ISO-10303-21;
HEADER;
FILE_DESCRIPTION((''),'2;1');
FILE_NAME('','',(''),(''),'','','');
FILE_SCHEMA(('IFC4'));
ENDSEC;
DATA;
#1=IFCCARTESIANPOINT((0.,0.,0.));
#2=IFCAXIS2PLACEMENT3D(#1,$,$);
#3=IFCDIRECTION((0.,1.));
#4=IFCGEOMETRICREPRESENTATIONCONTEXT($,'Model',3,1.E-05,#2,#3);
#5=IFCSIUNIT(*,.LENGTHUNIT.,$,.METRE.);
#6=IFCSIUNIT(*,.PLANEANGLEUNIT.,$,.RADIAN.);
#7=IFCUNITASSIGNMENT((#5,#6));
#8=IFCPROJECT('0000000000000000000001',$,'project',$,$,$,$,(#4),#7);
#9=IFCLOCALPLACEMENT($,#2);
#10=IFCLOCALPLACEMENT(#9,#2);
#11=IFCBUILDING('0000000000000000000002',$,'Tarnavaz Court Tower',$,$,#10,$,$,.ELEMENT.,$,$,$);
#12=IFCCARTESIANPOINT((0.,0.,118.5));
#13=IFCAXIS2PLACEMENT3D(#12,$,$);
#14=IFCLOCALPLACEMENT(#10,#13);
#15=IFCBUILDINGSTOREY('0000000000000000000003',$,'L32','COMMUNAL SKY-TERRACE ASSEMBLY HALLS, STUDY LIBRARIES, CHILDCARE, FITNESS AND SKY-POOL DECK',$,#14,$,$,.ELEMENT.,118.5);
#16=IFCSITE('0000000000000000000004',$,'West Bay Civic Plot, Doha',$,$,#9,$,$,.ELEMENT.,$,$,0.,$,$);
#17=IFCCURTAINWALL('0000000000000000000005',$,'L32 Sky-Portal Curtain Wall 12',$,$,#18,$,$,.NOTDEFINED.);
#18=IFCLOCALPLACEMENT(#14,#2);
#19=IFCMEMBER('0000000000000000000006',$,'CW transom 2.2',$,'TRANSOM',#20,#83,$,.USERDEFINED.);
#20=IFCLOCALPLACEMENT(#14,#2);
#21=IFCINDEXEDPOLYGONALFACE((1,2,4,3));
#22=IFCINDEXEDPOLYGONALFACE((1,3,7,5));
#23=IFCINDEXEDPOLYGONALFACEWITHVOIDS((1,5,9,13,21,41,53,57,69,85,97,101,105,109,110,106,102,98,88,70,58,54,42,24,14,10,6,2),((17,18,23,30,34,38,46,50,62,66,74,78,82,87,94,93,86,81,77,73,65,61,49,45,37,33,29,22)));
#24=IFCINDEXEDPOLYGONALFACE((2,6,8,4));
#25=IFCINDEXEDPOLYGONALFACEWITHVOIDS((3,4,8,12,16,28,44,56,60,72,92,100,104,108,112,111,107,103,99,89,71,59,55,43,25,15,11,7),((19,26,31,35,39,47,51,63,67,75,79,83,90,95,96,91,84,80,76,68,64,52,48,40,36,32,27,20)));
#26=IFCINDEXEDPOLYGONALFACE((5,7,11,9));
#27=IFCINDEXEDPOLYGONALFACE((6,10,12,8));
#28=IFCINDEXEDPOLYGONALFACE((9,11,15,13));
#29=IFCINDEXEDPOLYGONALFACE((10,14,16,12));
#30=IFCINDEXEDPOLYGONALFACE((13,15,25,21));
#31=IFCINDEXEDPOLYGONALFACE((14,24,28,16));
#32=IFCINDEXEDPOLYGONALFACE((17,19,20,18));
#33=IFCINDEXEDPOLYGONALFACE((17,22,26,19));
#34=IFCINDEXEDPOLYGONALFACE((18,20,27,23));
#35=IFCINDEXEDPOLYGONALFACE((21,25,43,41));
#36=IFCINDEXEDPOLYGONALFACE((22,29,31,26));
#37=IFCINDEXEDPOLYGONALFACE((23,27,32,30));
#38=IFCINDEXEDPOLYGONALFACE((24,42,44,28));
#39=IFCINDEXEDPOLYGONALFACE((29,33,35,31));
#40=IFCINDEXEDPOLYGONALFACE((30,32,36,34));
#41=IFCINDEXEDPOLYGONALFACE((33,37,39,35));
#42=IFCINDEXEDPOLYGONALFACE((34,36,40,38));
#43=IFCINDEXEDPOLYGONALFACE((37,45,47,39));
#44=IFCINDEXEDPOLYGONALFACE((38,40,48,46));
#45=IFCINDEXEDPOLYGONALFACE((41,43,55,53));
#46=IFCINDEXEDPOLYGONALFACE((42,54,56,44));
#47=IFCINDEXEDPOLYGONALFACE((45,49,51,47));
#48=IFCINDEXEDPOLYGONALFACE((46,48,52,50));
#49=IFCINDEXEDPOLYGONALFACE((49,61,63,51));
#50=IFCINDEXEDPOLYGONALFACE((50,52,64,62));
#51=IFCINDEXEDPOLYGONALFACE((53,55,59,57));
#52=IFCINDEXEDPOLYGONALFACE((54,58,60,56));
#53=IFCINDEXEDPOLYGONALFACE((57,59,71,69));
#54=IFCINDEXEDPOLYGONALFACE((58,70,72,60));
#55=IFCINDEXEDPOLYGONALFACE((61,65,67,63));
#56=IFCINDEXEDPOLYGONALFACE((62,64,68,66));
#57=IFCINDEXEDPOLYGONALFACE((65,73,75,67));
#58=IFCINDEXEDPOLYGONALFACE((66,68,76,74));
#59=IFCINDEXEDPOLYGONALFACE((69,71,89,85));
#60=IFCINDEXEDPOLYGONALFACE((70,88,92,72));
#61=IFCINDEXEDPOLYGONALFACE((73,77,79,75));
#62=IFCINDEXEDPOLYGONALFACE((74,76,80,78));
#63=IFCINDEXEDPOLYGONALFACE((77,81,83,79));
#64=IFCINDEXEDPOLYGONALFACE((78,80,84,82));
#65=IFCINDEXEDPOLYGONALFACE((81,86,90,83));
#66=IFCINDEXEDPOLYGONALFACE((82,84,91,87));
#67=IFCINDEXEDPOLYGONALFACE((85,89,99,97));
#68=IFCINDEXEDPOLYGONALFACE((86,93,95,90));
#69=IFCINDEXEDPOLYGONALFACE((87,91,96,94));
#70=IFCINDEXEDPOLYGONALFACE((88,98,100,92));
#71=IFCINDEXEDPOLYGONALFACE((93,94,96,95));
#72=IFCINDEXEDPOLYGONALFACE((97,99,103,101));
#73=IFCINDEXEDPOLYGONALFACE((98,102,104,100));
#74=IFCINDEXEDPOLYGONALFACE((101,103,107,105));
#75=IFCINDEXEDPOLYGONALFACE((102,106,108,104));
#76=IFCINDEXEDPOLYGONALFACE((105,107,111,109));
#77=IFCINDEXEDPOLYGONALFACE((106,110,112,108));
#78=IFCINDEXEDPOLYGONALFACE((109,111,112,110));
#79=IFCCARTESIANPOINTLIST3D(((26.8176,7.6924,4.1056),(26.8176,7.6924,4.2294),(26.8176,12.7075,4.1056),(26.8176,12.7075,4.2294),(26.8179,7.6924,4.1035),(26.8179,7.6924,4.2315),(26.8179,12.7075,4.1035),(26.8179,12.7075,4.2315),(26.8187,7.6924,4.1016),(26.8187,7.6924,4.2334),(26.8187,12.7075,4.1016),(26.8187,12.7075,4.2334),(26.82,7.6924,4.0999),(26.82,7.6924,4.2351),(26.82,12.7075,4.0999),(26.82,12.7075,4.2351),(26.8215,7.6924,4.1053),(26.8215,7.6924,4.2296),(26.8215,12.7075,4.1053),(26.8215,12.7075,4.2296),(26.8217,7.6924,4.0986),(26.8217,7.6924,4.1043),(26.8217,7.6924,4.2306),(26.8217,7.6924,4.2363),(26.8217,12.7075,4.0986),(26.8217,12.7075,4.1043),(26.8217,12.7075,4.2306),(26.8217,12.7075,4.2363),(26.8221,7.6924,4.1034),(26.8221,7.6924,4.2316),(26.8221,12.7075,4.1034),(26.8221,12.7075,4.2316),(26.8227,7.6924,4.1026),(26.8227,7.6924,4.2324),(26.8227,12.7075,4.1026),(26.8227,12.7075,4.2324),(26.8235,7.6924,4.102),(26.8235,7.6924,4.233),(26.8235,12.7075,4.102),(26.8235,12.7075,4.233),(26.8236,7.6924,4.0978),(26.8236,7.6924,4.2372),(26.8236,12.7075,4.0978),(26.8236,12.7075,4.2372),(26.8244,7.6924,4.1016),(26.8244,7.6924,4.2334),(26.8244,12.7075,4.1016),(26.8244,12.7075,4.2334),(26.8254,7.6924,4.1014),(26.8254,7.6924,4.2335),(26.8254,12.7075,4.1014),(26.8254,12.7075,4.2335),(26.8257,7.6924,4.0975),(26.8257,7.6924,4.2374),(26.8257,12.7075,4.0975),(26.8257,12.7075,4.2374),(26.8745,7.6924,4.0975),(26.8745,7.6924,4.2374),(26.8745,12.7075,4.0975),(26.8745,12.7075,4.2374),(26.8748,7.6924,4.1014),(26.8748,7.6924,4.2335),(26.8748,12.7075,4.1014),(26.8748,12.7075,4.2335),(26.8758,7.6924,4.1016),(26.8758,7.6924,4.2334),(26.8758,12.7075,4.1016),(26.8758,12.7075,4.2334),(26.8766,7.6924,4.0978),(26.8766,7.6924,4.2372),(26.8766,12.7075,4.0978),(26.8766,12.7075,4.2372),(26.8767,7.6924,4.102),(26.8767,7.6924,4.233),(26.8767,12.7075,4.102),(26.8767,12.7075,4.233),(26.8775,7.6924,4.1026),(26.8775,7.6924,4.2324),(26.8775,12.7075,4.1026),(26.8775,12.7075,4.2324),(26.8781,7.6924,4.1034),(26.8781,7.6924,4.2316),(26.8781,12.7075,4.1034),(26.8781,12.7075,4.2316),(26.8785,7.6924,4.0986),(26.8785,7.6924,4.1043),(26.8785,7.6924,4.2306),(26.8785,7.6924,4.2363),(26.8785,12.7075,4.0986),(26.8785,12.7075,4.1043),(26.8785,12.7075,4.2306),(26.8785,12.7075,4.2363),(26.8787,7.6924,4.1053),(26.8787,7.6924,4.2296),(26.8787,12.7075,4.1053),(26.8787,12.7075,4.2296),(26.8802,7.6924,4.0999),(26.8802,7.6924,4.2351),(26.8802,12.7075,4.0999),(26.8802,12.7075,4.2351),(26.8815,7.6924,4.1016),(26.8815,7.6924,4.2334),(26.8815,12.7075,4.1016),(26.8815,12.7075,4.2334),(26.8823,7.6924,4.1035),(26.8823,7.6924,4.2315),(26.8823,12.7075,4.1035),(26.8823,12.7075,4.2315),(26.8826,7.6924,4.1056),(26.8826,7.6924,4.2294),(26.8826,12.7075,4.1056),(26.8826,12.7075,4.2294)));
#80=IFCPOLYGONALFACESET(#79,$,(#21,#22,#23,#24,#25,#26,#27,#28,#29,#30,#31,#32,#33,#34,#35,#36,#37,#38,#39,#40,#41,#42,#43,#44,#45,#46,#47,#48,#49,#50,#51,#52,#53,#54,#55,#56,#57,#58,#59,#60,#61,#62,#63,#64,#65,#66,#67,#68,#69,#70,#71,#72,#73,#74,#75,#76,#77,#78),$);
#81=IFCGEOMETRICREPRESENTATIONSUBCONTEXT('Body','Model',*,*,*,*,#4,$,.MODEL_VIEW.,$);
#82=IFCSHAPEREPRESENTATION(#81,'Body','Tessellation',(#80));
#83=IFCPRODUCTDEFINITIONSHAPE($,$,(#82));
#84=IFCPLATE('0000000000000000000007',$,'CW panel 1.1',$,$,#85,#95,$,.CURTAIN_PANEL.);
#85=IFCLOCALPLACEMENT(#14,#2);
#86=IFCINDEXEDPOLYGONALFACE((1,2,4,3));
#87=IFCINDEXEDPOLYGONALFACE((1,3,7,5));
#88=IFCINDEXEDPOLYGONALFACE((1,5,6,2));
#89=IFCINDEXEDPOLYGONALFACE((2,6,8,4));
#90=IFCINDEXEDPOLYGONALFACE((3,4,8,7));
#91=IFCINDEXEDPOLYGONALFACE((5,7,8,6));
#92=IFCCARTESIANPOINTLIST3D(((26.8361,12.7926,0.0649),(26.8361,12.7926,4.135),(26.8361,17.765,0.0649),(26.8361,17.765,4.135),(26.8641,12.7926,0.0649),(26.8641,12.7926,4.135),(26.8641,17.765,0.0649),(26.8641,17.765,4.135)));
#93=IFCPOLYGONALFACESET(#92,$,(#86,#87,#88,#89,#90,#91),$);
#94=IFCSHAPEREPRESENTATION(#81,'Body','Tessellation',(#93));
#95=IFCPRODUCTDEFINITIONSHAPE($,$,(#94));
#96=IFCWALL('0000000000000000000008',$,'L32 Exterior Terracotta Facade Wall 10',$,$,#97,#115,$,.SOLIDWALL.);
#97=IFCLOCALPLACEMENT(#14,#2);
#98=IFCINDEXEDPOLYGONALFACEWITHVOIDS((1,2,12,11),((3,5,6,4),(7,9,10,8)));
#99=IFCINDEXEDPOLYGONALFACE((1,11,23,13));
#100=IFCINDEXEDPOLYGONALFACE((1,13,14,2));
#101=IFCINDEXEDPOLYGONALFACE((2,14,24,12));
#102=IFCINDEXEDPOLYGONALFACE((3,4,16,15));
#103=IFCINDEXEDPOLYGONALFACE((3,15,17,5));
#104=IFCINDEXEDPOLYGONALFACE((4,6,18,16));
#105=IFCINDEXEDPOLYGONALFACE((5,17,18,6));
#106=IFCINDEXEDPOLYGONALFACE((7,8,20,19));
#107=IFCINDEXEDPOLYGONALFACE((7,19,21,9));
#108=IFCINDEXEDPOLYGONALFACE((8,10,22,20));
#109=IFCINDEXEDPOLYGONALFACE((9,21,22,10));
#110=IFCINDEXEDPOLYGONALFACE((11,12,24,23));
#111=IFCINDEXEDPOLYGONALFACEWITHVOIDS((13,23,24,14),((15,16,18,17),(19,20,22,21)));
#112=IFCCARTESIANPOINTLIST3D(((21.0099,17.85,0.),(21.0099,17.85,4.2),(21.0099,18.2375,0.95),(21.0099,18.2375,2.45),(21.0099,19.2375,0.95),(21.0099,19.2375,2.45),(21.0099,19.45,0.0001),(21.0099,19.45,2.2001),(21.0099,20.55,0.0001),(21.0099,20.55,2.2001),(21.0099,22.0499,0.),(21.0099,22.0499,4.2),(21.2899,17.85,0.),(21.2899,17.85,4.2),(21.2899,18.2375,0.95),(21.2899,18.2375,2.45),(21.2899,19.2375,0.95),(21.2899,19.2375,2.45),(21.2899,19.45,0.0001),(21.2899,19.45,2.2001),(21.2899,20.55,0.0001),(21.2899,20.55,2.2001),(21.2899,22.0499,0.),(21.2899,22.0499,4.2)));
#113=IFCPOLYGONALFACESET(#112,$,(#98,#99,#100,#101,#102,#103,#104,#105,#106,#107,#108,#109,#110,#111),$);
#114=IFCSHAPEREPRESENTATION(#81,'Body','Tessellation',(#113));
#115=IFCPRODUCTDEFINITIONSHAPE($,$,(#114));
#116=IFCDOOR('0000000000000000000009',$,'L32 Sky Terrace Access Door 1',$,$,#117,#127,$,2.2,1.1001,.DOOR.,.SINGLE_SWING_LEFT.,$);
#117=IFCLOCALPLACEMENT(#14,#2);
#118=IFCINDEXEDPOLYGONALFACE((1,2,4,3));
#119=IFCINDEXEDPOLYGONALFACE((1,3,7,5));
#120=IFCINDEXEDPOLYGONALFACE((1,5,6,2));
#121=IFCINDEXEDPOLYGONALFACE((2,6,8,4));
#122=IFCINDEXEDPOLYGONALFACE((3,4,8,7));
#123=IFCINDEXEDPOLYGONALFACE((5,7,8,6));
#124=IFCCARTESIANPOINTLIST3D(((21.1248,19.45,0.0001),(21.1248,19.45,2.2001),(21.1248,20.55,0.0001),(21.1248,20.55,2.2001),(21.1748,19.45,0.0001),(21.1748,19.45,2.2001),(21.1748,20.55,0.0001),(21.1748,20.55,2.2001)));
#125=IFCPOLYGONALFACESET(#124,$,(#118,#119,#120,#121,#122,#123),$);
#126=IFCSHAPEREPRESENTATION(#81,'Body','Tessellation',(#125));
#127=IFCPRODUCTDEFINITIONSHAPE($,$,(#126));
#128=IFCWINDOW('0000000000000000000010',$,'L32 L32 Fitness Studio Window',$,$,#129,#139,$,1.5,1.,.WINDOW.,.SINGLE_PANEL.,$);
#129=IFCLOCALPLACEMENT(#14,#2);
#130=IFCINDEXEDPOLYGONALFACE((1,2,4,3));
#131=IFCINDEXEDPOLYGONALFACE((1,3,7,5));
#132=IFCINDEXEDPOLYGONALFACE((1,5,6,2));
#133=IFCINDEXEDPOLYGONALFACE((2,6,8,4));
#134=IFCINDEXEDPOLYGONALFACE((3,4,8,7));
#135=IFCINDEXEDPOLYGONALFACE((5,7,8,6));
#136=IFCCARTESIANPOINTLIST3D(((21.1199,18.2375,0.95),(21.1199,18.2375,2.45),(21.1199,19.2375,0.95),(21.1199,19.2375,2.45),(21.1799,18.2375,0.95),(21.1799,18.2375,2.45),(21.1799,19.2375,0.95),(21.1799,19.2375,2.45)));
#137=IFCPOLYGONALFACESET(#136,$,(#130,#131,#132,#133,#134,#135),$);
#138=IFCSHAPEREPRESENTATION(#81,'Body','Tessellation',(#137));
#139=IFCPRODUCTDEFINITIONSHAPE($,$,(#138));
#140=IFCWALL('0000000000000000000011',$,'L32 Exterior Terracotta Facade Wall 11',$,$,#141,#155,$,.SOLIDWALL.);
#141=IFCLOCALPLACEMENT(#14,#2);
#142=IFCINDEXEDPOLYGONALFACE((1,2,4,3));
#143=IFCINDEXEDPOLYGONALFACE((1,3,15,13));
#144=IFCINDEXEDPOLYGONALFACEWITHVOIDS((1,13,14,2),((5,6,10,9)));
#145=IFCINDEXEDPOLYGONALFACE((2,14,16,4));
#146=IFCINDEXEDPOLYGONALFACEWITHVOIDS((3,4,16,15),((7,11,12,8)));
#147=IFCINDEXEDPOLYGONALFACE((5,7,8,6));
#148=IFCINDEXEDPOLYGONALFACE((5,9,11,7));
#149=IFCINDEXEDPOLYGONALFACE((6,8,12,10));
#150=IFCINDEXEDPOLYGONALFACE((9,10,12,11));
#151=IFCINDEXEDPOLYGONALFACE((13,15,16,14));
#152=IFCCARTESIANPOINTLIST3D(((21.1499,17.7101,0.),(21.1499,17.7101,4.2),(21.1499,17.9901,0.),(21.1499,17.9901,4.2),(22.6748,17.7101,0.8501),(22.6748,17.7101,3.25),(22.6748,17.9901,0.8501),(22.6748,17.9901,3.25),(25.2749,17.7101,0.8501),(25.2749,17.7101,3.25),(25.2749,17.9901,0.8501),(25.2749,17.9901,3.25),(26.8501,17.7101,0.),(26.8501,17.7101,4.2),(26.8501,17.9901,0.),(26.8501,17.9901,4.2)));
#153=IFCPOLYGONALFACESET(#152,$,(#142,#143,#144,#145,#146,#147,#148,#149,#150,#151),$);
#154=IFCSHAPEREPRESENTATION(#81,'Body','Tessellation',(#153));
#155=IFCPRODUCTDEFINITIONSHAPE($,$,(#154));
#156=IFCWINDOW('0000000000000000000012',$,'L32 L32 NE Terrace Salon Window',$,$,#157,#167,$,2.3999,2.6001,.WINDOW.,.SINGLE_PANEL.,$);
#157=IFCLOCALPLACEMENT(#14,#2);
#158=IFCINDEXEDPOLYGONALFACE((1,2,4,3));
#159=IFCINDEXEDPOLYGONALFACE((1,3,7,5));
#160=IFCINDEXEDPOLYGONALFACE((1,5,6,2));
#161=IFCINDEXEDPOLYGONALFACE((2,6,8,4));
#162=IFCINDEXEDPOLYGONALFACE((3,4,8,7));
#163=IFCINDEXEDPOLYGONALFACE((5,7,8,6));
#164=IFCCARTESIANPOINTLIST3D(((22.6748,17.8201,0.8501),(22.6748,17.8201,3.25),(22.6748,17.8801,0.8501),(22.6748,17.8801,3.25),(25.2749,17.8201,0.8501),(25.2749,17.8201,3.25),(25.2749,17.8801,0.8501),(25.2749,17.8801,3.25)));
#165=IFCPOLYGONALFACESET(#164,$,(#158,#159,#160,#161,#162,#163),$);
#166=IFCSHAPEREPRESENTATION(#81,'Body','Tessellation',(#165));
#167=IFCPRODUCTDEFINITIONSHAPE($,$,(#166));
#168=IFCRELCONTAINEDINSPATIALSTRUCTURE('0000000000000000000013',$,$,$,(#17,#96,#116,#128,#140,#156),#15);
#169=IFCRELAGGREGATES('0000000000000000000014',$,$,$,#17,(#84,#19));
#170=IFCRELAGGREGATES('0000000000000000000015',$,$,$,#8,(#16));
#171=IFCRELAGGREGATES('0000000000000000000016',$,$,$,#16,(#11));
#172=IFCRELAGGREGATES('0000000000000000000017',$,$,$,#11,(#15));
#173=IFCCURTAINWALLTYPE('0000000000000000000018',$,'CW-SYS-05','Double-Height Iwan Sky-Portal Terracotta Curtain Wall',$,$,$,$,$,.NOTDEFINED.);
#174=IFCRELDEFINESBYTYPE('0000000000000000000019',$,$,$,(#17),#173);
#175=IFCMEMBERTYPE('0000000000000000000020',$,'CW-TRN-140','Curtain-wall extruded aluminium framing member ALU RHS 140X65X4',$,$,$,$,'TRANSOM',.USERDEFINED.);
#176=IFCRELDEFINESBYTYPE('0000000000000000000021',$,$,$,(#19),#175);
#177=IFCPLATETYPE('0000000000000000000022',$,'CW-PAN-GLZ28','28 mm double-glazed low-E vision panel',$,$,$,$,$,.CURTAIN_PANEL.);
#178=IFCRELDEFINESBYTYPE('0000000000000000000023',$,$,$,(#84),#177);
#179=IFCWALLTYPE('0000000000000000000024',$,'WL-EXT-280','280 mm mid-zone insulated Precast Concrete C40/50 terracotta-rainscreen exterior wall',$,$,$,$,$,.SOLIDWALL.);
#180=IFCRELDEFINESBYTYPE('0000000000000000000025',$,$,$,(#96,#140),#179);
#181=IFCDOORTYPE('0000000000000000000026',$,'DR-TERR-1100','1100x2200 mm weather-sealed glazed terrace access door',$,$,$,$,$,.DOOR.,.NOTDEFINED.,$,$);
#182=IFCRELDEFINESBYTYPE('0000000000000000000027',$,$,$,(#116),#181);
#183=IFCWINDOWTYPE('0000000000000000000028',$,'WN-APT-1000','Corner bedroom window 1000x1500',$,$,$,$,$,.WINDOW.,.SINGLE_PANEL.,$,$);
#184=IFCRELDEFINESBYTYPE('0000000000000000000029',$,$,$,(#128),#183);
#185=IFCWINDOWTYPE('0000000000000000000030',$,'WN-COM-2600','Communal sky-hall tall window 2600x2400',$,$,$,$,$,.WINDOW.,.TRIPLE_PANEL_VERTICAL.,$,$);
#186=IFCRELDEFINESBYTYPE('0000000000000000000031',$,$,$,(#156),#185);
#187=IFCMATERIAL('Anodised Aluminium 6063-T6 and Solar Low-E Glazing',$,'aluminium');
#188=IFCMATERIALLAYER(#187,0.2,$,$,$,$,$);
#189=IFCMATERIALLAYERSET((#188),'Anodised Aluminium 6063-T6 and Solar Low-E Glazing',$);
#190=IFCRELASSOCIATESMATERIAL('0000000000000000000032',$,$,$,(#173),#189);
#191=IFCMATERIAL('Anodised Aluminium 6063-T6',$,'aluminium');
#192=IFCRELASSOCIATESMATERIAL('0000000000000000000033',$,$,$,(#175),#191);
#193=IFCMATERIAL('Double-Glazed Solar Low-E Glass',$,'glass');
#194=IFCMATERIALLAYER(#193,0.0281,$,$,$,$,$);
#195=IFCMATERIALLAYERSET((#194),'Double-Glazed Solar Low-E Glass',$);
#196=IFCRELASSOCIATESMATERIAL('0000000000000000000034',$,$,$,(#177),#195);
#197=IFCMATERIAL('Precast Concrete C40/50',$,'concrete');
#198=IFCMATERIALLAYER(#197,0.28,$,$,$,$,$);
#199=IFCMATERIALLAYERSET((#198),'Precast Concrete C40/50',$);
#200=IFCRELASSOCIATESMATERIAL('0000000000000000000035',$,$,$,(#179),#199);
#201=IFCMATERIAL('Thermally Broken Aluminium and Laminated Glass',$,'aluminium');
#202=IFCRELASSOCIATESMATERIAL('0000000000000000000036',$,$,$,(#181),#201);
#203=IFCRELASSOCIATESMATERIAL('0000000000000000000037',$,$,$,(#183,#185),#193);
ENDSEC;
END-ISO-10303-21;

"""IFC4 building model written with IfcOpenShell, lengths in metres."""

from ifc_helpers import new_model, si_unit, direction, frame, frame_2d, origin, origin_2d, place, context, subcontext, project, spatial, rectangle, hollow_rectangle, extrude, material, layer, layer_set, material_profile, profile_set, type_object, element, fill, aggregate, save


model = new_model("IFC4")

# Units and contexts
model_context = context("Model", 3, precision=1e-05, world=origin(), true_north=direction((0.0, 1.0)))
body_context = subcontext(model_context, "Body", "Model", "MODEL_VIEW")
ifc_project = project(units=[si_unit("LENGTHUNIT", "METRE"), si_unit("PLANEANGLEUNIT", "RADIAN")], contexts=[model_context])

# Site, building, storey
site_placement = place(None, origin())
site = spatial("IfcSite", under=ifc_project, at=site_placement, Name="West Bay Civic Plot, Doha", CompositionType="ELEMENT", RefElevation=0.0)
building_placement = place(site_placement, origin())
building = spatial("IfcBuilding", under=site, at=building_placement, Name="Tarnavaz Court Tower", CompositionType="ELEMENT")
storey_placement = place(building_placement, frame((0.0, 0.0, 118.5)))
storey = spatial("IfcBuildingStorey", under=building, at=storey_placement, Name="L32", Description="COMMUNAL SKY-TERRACE ASSEMBLY HALLS, STUDY LIBRARIES, CHILDCARE, FITNESS AND SKY-POOL DECK", CompositionType="ELEMENT", Elevation=118.5)

# Curtain wall, member, plate
ifc_material_1 = material(Name="Anodised Aluminium 6063-T6 and Solar Low-E Glazing", Category="aluminium")
ifc_layer_1 = layer(ifc_material_1, 0.2)
ifc_layer_set_1 = layer_set([ifc_layer_1], Name="Anodised Aluminium 6063-T6 and Solar Low-E Glazing")
curtain_wall_type = type_object("IfcCurtainWallType", Name="CW-SYS-05", Description="Double-Height Iwan Sky-Portal Terracotta Curtain Wall", PredefinedType="NOTDEFINED", material=ifc_layer_set_1)
curtain_wall_placement = place(storey_placement, origin())
curtain_wall = element("IfcCurtainWall", 1, at=curtain_wall_placement, inside=storey, type_object=curtain_wall_type, Name="L32 Sky-Portal Curtain Wall 12", PredefinedType="NOTDEFINED")
ifc_material_2 = material(Name="Anodised Aluminium 6063-T6", Category="aluminium")
ifc_material_profile_1 = material_profile(ifc_material_2, hollow_rectangle(XDim=0.0649, YDim=0.1399, WallThickness=0.0039, InnerFilletRadius=0.0039, OuterFilletRadius=0.0081, at=origin_2d()), Name="ALU RHS 140X65X4")
ifc_profile_set_1 = profile_set([ifc_material_profile_1], Name="Anodised Aluminium 6063-T6")
member_type_1 = type_object("IfcMemberType", Name="CW-TRN-140", Description="Curtain-wall extruded aluminium framing member ALU RHS 140X65X4", ElementType="TRANSOM", PredefinedType="USERDEFINED", material=ifc_profile_set_1)
member_1_placement = place(storey_placement, frame((26.8501, 12.7075, 4.1675), z_axis=(0.0, -1.0, 0.0), x_axis=(1.0, 0.0, 0.0)))
member_1 = element("IfcMember", 2, at=member_1_placement, type_object=member_type_1, Name="CW transom 2.2", ObjectType="TRANSOM", PredefinedType="USERDEFINED", context=body_context, shape_type="SweptSolid", body=[
    extrude(hollow_rectangle(XDim=0.0649, YDim=0.1399, WallThickness=0.0039, InnerFilletRadius=0.0039, OuterFilletRadius=0.0081, at=origin_2d()), origin(), (0.0, 0.0, 1.0), 5.0151),
])
ifc_material_3 = material(Name="Double-Glazed Solar Low-E Glass", Category="glass")
ifc_layer_2 = layer(ifc_material_3, 0.0281)
ifc_layer_set_2 = layer_set([ifc_layer_2], Name="Double-Glazed Solar Low-E Glass")
plate_type = type_object("IfcPlateType", Name="CW-PAN-GLZ28", Description="28 mm double-glazed low-E vision panel", PredefinedType="CURTAIN_PANEL", material=ifc_layer_set_2)
plate_placement = place(storey_placement, frame((26.8501, 15.2788, 0.0649), z_axis=(0.0, 0.0, 1.0), x_axis=(0.0, -1.0, 0.0)))
plate = element("IfcPlate", 3, at=plate_placement, type_object=plate_type, Name="CW panel 1.1", PredefinedType="CURTAIN_PANEL", context=body_context, shape_type="SweptSolid", body=[
    extrude(rectangle(XDim=4.9724, YDim=0.0281, at=origin_2d()), origin(), (0.0, 0.0, 1.0), 4.0701),
])
aggregate(curtain_wall, [plate, member_1])

# Wall, openings, door, window
ifc_material_4 = material(Name="Precast Concrete C40/50", Category="concrete")
ifc_layer_3 = layer(ifc_material_4, 0.28)
ifc_layer_set_3 = layer_set([ifc_layer_3], Name="Precast Concrete C40/50")
wall_type_1 = type_object("IfcWallType", Name="WL-EXT-280", Description="280 mm mid-zone insulated Precast Concrete C40/50 terracotta-rainscreen exterior wall", PredefinedType="SOLIDWALL", material=ifc_layer_set_3)
wall_1_placement = place(storey_placement, frame((21.1499, 22.05, 0.0), z_axis=(0.0, 0.0, 1.0), x_axis=(0.0, -1.0, 0.0)))
wall_1 = element("IfcWall", 4, at=wall_1_placement, inside=storey, type_object=wall_type_1, Name="L32 Exterior Terracotta Facade Wall 10", PredefinedType="SOLIDWALL", context=body_context, shape_type="SweptSolid", body=[
    extrude(rectangle(XDim=4.2, YDim=0.28, at=frame_2d((2.1001, 0.0))), origin(), (0.0, 0.0, 1.0), 4.2),
])
opening_1_placement = place(wall_1_placement, frame((1.5, 0.0, 0.0)))
opening_1 = element("IfcOpeningElement", 5, at=opening_1_placement, cuts=wall_1, PredefinedType="OPENING", context=body_context, shape_type="SweptSolid", body=[
    extrude(rectangle(XDim=1.1001, YDim=2.2, at=frame_2d((0.55, 1.1001))), frame((0.0, 0.1499, 0.0), z_axis=(0.0, -1.0, 0.0), x_axis=(1.0, 0.0, 0.0)), (0.0, 0.0, 1.0), 0.3),
])
opening_2_placement = place(wall_1_placement, frame((2.8125, 0.0, 0.95)))
opening_2 = element("IfcOpeningElement", 6, at=opening_2_placement, cuts=wall_1, PredefinedType="OPENING", context=body_context, shape_type="SweptSolid", body=[
    extrude(rectangle(XDim=1.0, YDim=1.5, at=frame_2d((0.5, 0.75))), frame((0.0, 0.1499, 0.0), z_axis=(0.0, -1.0, 0.0), x_axis=(1.0, 0.0, 0.0)), (0.0, 0.0, 1.0), 0.3),
])
ifc_material_5 = material(Name="Thermally Broken Aluminium and Laminated Glass", Category="aluminium")
door_type_1 = type_object("IfcDoorType", Name="DR-TERR-1100", Description="1100x2200 mm weather-sealed glazed terrace access door", OperationType="NOTDEFINED", PredefinedType="DOOR", material=ifc_material_5)
door_1_placement = place(opening_1_placement, origin())
door_1 = element("IfcDoor", 7, at=door_1_placement, inside=storey, type_object=door_type_1, Name="L32 Sky Terrace Access Door 1", OperationType="SINGLE_SWING_LEFT", OverallHeight=2.2, OverallWidth=1.1001, PredefinedType="DOOR", context=body_context, shape_type="SweptSolid", body=[
    extrude(rectangle(XDim=1.1001, YDim=2.2, at=frame_2d((0.55, 1.1001))), frame((0.0, 0.0249, 0.0), z_axis=(0.0, -1.0, 0.0), x_axis=(1.0, 0.0, 0.0)), (0.0, 0.0, 1.0), 0.05),
])
fill(opening_1, door_1)
window_type_1 = type_object("IfcWindowType", Name="WN-APT-1000", Description="Corner bedroom window 1000x1500", PartitioningType="SINGLE_PANEL", PredefinedType="WINDOW", material=ifc_material_3)
window_1_placement = place(opening_2_placement, origin())
window_1 = element("IfcWindow", 8, at=window_1_placement, inside=storey, type_object=window_type_1, Name="L32 L32 Fitness Studio Window", OverallHeight=1.5, OverallWidth=1.0, PartitioningType="SINGLE_PANEL", PredefinedType="WINDOW", context=body_context, shape_type="SweptSolid", body=[
    extrude(rectangle(XDim=1.0, YDim=1.5, at=frame_2d((0.5, 0.75))), frame((0.0, 0.03, 0.0), z_axis=(0.0, -1.0, 0.0), x_axis=(1.0, 0.0, 0.0)), (0.0, 0.0, 1.0), 0.0601),
])
fill(opening_2, window_1)

# Wall, opening, window
wall_2_placement = place(storey_placement, frame((21.1499, 17.8501, 0.0), z_axis=(0.0, 0.0, 1.0), x_axis=(1.0, 0.0, 0.0)))
wall_2 = element("IfcWall", 9, at=wall_2_placement, inside=storey, type_object=wall_type_1, Name="L32 Exterior Terracotta Facade Wall 11", PredefinedType="SOLIDWALL", context=body_context, shape_type="SweptSolid", body=[
    extrude(rectangle(XDim=5.7002, YDim=0.28, at=frame_2d((2.8501, 0.0))), origin(), (0.0, 0.0, 1.0), 4.2),
])
opening_3_placement = place(wall_2_placement, frame((1.5249, 0.0, 0.8501)))
opening_3 = element("IfcOpeningElement", 10, at=opening_3_placement, cuts=wall_2, PredefinedType="OPENING", context=body_context, shape_type="SweptSolid", body=[
    extrude(rectangle(XDim=2.6001, YDim=2.3999, at=frame_2d((1.3, 1.2))), frame((0.0, 0.1499, 0.0), z_axis=(0.0, -1.0, 0.0), x_axis=(1.0, 0.0, 0.0)), (0.0, 0.0, 1.0), 0.3),
])
window_type_2 = type_object("IfcWindowType", Name="WN-COM-2600", Description="Communal sky-hall tall window 2600x2400", PartitioningType="TRIPLE_PANEL_VERTICAL", PredefinedType="WINDOW", material=ifc_material_3)
window_2_placement = place(opening_3_placement, origin())
window_2 = element("IfcWindow", 11, at=window_2_placement, inside=storey, type_object=window_type_2, Name="L32 L32 NE Terrace Salon Window", OverallHeight=2.3999, OverallWidth=2.6001, PartitioningType="SINGLE_PANEL", PredefinedType="WINDOW", context=body_context, shape_type="SweptSolid", body=[
    extrude(rectangle(XDim=2.6001, YDim=2.3999, at=frame_2d((1.3, 1.2))), frame((0.0, 0.03, 0.0), z_axis=(0.0, -1.0, 0.0), x_axis=(1.0, 0.0, 0.0)), (0.0, 0.0, 1.0), 0.0601),
])
fill(opening_3, window_2)

save(model, "model.ifc")
